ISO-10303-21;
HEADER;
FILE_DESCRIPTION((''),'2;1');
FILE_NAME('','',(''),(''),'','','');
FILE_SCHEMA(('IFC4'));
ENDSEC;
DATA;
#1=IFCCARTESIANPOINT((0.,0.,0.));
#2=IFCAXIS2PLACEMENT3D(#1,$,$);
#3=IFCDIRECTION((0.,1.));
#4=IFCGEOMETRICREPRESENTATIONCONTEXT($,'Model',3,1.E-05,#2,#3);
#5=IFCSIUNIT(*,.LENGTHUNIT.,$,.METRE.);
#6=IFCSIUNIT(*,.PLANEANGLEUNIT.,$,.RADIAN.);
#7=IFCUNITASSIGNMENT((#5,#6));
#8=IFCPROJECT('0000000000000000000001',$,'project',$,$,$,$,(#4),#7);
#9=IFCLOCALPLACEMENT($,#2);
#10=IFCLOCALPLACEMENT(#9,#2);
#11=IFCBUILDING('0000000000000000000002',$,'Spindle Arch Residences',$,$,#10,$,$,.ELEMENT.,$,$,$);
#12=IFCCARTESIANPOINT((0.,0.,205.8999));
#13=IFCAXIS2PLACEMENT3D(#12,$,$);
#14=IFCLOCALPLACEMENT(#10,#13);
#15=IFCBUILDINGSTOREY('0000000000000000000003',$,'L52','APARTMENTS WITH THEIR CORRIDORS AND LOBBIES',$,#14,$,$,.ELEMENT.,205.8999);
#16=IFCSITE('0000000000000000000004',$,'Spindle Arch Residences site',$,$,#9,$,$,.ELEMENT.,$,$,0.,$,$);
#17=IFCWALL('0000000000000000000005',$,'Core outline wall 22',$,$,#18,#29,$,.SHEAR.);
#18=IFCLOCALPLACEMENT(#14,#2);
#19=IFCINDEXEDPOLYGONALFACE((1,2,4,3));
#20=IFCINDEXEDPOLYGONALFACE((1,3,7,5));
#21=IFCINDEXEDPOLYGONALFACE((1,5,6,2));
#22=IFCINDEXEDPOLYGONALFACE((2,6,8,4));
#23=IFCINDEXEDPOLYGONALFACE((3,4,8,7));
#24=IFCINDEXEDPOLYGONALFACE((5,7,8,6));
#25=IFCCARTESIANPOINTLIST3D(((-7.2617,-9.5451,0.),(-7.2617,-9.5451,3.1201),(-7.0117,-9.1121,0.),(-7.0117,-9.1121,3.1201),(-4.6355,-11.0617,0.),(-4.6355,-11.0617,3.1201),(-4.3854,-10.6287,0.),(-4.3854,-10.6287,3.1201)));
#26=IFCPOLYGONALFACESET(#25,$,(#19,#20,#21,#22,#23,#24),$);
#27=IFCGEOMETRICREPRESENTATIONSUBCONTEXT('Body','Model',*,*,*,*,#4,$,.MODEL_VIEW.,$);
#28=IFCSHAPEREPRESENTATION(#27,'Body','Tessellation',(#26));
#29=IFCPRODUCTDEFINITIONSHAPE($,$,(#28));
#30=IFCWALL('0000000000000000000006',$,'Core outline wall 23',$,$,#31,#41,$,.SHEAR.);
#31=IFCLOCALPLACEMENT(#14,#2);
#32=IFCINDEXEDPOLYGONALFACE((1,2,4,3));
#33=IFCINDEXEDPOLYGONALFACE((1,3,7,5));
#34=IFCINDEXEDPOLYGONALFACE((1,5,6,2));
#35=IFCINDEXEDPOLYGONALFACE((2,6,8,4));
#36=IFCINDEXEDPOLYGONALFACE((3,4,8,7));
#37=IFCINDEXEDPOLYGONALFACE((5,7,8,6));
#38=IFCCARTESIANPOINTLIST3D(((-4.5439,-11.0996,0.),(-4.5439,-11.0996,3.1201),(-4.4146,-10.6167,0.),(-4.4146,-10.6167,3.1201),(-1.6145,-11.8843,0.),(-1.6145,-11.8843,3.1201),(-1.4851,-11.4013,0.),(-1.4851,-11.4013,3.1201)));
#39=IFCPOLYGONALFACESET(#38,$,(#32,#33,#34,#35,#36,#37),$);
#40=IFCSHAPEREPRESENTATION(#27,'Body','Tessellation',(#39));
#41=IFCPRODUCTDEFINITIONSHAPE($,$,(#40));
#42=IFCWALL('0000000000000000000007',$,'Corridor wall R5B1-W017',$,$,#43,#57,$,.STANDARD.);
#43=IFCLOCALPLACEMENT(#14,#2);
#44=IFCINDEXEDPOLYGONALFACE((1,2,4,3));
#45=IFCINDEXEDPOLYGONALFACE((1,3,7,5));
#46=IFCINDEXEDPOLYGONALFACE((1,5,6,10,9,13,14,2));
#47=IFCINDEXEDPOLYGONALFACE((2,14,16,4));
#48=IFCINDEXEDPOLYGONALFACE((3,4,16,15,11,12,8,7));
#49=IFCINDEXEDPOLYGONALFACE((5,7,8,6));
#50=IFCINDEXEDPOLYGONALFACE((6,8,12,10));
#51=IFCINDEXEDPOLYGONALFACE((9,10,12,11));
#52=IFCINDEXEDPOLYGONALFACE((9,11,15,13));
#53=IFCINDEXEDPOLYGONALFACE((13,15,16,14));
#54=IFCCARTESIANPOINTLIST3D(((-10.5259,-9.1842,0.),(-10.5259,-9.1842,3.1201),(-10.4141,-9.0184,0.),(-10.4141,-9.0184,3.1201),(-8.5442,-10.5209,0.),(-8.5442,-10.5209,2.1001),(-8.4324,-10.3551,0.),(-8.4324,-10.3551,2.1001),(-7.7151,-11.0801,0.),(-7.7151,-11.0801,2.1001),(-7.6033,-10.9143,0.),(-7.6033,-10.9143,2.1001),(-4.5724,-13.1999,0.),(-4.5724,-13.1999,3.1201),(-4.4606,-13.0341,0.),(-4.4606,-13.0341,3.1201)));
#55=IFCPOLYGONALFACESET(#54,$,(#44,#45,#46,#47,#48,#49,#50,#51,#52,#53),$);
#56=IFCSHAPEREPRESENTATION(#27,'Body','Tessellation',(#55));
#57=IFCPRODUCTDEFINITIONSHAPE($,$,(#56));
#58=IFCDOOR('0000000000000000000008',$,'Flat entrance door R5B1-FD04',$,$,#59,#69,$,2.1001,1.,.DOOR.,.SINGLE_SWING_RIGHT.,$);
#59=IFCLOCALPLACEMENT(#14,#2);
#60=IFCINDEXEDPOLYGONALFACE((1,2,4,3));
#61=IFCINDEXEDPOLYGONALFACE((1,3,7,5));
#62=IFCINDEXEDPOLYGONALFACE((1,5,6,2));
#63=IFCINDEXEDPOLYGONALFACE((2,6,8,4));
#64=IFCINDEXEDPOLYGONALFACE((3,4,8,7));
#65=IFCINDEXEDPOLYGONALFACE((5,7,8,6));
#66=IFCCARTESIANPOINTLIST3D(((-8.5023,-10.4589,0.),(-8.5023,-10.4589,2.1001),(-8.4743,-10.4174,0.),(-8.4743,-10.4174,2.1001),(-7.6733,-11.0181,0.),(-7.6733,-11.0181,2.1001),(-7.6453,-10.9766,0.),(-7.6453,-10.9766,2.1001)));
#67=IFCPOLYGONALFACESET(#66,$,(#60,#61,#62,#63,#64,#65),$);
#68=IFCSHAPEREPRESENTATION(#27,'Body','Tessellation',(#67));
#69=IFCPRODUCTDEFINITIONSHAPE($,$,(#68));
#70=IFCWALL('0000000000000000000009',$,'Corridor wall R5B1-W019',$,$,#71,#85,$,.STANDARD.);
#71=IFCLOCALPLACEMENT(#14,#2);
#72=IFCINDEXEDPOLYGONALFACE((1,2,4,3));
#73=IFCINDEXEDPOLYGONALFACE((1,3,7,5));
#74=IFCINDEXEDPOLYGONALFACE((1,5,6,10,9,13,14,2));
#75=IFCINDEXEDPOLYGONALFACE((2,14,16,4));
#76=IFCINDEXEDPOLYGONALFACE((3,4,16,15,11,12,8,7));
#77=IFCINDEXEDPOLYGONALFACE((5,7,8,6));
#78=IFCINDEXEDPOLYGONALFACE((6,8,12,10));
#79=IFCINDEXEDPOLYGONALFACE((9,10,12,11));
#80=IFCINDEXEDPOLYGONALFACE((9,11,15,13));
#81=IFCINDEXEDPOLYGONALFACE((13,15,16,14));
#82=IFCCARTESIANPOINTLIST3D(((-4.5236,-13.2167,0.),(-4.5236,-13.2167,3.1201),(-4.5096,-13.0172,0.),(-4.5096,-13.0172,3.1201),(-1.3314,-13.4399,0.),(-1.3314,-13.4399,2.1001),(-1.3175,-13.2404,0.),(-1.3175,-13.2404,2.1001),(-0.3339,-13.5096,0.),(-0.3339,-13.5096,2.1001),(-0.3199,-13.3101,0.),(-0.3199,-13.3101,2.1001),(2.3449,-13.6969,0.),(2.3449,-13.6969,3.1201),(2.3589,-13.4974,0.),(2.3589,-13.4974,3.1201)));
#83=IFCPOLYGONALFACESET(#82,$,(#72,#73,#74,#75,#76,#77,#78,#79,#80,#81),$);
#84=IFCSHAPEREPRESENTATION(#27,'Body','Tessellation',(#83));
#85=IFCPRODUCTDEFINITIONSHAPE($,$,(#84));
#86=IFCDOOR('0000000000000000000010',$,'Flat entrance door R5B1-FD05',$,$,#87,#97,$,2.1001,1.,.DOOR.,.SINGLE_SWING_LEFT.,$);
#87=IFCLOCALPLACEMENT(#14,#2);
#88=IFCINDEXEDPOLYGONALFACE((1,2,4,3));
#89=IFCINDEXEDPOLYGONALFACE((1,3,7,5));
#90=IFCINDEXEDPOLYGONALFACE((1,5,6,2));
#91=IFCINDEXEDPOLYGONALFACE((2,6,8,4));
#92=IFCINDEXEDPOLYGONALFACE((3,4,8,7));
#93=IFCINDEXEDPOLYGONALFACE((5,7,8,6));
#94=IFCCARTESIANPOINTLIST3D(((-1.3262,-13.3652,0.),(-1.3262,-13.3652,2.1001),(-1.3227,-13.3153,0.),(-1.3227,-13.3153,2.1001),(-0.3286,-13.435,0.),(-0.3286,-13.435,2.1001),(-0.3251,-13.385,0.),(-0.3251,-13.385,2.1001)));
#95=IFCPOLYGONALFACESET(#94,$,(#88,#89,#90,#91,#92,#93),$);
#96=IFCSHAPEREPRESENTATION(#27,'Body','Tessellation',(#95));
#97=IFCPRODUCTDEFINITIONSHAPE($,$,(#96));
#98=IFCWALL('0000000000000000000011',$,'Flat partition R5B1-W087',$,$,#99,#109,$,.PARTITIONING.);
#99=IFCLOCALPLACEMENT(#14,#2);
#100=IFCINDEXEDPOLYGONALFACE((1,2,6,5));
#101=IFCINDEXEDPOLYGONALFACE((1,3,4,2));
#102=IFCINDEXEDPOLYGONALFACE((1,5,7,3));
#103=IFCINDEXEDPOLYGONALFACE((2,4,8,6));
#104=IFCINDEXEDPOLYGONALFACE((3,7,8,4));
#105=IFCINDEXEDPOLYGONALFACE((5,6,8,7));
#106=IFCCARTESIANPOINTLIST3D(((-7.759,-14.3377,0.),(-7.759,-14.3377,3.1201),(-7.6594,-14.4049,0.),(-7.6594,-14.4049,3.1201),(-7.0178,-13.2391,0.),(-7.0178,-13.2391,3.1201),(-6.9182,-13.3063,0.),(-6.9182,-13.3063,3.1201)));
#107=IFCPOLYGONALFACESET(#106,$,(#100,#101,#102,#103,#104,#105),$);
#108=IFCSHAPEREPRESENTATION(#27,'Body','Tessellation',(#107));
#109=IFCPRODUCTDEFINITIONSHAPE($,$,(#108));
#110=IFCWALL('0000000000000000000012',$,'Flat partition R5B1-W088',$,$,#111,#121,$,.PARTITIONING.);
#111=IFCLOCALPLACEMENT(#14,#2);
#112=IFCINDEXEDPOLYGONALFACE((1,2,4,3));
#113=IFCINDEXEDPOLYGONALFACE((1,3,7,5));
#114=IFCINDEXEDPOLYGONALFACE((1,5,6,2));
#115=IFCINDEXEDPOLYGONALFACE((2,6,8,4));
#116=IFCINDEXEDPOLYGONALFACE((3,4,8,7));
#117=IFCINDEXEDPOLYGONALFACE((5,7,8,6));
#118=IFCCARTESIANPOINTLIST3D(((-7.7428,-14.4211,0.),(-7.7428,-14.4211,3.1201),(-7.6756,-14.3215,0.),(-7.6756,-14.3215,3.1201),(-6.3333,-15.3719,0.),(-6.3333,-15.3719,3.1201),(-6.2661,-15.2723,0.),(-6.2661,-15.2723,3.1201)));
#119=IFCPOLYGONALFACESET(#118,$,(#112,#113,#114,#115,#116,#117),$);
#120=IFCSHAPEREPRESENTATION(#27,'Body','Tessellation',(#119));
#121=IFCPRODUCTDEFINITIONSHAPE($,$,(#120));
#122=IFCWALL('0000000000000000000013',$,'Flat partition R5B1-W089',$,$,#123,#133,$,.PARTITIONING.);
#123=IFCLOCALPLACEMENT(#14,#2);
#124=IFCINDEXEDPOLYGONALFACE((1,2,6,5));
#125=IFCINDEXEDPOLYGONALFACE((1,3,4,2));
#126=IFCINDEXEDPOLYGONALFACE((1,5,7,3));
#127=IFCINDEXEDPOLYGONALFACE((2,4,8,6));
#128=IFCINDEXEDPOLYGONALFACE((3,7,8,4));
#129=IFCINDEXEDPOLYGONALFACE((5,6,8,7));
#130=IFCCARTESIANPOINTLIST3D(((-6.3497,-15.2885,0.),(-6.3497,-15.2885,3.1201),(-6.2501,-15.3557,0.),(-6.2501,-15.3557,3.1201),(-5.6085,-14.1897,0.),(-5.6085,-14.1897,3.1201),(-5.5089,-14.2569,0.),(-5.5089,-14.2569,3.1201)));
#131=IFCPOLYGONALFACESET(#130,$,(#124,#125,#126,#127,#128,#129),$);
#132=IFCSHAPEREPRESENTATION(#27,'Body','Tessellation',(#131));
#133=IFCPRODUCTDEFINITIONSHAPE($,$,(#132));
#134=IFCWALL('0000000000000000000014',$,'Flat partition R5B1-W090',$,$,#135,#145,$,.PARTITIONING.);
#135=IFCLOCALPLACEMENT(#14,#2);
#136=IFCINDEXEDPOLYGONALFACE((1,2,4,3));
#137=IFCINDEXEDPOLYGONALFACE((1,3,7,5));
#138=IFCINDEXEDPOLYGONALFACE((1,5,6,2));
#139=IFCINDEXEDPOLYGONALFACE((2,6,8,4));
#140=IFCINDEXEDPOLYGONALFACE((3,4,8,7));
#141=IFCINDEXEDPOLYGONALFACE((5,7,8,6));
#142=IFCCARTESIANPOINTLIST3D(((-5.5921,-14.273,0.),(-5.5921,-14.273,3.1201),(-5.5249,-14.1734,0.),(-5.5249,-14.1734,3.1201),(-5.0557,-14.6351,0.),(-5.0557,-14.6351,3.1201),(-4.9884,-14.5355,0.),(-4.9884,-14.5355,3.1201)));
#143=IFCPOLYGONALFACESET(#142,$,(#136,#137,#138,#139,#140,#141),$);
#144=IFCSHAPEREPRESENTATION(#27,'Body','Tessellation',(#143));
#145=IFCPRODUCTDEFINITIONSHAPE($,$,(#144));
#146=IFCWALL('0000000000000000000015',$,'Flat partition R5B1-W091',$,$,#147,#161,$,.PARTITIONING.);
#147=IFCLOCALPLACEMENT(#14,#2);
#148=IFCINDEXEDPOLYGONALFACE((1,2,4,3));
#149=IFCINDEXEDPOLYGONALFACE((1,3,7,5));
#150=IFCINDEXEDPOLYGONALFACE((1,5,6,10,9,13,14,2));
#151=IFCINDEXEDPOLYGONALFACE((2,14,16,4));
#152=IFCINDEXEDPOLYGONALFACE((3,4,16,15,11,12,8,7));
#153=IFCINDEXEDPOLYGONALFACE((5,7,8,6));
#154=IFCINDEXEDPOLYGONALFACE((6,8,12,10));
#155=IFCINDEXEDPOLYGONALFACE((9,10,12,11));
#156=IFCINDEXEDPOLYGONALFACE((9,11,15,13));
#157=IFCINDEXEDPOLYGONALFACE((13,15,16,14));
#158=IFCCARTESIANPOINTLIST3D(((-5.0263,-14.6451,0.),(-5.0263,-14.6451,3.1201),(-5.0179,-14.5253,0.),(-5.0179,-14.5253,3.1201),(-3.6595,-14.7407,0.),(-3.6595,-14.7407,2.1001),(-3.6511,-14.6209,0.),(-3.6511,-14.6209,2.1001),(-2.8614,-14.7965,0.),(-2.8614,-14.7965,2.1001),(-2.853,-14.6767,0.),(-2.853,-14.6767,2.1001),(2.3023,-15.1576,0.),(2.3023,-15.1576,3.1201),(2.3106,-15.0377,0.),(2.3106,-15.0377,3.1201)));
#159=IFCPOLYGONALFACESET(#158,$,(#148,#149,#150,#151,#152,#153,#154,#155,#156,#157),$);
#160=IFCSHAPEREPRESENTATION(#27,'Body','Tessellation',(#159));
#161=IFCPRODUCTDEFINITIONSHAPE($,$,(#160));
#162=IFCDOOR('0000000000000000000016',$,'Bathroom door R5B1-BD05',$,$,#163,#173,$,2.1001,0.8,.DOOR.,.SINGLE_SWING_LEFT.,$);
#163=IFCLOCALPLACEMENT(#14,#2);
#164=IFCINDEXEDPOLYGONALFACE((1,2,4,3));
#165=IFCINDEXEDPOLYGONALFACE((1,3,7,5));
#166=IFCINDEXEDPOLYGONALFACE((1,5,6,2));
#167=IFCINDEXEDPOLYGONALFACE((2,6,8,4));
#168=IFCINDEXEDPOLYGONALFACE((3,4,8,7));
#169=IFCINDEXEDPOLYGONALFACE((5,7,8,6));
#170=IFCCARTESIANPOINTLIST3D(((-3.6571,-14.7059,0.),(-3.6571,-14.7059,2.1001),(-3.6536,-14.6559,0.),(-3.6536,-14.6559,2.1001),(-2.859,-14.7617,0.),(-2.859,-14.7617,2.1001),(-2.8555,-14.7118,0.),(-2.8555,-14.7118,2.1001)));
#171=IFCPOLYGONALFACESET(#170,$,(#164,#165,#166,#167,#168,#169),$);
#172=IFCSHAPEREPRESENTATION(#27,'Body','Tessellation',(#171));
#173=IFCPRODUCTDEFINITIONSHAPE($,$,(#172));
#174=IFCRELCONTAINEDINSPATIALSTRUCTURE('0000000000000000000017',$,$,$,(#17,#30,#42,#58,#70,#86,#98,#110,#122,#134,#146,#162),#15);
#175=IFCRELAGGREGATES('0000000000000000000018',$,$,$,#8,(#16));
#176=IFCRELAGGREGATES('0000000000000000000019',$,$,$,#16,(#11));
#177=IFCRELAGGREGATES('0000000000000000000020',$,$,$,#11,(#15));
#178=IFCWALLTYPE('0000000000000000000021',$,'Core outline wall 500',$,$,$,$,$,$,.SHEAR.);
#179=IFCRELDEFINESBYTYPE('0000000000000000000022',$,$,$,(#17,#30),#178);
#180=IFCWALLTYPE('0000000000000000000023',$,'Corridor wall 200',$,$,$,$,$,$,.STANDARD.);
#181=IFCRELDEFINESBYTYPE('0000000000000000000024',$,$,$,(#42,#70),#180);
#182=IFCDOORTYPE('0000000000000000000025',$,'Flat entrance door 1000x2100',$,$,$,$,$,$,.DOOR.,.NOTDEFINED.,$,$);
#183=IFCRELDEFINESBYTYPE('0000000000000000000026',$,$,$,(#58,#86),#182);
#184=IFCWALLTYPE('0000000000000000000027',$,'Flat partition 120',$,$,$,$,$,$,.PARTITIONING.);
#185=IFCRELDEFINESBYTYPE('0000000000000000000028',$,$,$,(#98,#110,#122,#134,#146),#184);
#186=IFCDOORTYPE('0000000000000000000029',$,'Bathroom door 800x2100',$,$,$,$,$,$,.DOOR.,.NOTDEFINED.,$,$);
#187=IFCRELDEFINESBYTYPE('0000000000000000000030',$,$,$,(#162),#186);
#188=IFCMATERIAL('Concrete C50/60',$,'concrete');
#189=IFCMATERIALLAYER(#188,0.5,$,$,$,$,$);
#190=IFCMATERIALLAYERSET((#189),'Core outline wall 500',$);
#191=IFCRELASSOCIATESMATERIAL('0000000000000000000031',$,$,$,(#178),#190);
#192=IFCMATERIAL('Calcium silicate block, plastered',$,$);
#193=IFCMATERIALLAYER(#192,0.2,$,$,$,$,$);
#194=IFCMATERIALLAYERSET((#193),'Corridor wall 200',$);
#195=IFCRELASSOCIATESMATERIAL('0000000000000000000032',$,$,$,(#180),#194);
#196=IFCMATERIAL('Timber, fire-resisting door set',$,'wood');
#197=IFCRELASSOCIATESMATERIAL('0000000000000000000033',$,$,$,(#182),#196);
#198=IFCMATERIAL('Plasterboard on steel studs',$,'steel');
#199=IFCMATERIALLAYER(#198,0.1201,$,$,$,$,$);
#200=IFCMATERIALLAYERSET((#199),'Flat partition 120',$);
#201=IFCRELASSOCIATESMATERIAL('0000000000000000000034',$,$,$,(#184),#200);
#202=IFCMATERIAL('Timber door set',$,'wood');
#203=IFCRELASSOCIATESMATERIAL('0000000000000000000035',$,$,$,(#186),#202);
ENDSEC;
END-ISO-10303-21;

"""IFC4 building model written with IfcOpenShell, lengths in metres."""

from ifc_helpers import new_model, si_unit, direction, frame, frame_2d, origin, place, context, subcontext, project, spatial, rectangle, extrude, material, layer, layer_set, type_object, element, fill, save


model = new_model("IFC4")

# Units and contexts
model_context = context("Model", 3, precision=1e-05, world=origin(), true_north=direction((0.0, 1.0)))
body_context = subcontext(model_context, "Body", "Model", "MODEL_VIEW")
ifc_project = project(units=[si_unit("LENGTHUNIT", "METRE"), si_unit("PLANEANGLEUNIT", "RADIAN")], contexts=[model_context])

# Site, building, storey
site_placement = place(None, origin())
site = spatial("IfcSite", under=ifc_project, at=site_placement, Name="Spindle Arch Residences site", CompositionType="ELEMENT", RefElevation=0.0)
building_placement = place(site_placement, origin())
building = spatial("IfcBuilding", under=site, at=building_placement, Name="Spindle Arch Residences", CompositionType="ELEMENT")
storey_placement = place(building_placement, frame((0.0, 0.0, 205.8999)))
storey = spatial("IfcBuildingStorey", under=building, at=storey_placement, Name="L52", Description="APARTMENTS WITH THEIR CORRIDORS AND LOBBIES", CompositionType="ELEMENT", Elevation=205.8999)

# Walls
ifc_material_1 = material(Name="Concrete C50/60", Category="concrete")
ifc_layer_1 = layer(ifc_material_1, 0.5)
ifc_layer_set_1 = layer_set([ifc_layer_1], Name="Core outline wall 500")
wall_type_1 = type_object("IfcWallType", Name="Core outline wall 500", PredefinedType="SHEAR", material=ifc_layer_set_1)
for number, where, z_axis, x_axis, name in (
    (1, (-7.1367, -9.3286, 0.0), (0.0, 0.0, 1.0), (0.865975, -0.500087, 0.0), "Core outline wall 22"),
    (2, (-4.4792, -10.8582, 0.0), (0.0, 0.0, 1.0), (0.965948, -0.258735, 0.0), "Core outline wall 23"),
):
    element("IfcWall", number, at=place(storey_placement, frame(where, z_axis=z_axis, x_axis=x_axis)), inside=storey, type_object=wall_type_1, Name=name, PredefinedType="SHEAR", context=body_context, shape_type="SweptSolid", body=[
        extrude(rectangle(XDim=3.0327, YDim=0.5, at=frame_2d((1.5164, 0.0))), origin(), (0.0, 0.0, 1.0), 3.1201),
    ])

# Walls, openings, doors
ifc_material_2 = material(Name="Calcium silicate block, plastered")
ifc_layer_2 = layer(ifc_material_2, 0.2)
ifc_layer_set_2 = layer_set([ifc_layer_2], Name="Corridor wall 200")
wall_type_2 = type_object("IfcWallType", Name="Corridor wall 200", PredefinedType="STANDARD", material=ifc_layer_set_2)
wall_1_placement = place(storey_placement, frame((-10.47, -9.1013, 0.0), z_axis=(0.0, 0.0, 1.0), x_axis=(0.829036, -0.559195, 0.0)))
wall_1 = element("IfcWall", 3, at=wall_1_placement, inside=storey, type_object=wall_type_2, Name="Corridor wall R5B1-W017", PredefinedType="STANDARD", context=body_context, shape_type="SweptSolid", body=[
    extrude(rectangle(XDim=7.1812, YDim=0.2, at=frame_2d((3.5906, 0.0))), origin(), (0.0, 0.0, 1.0), 3.1201),
])
opening_1_placement = place(wall_1_placement, frame((2.3904, 0.0, 0.0)))
opening_1 = element("IfcOpeningElement", 4, at=opening_1_placement, cuts=wall_1, PredefinedType="OPENING", context=body_context, shape_type="SweptSolid", body=[
    extrude(rectangle(XDim=1.0, YDim=2.1001, at=frame_2d((0.5, 1.05))), frame((0.0, 0.1099, 0.0), z_axis=(0.0, -1.0, 0.0), x_axis=(1.0, 0.0, 0.0)), (0.0, 0.0, 1.0), 0.22),
])
ifc_material_3 = material(Name="Timber, fire-resisting door set", Category="wood")
door_type_1 = type_object("IfcDoorType", Name="Flat entrance door 1000x2100", OperationType="NOTDEFINED", PredefinedType="DOOR", material=ifc_material_3)
door_1_placement = place(opening_1_placement, origin())
door_1 = element("IfcDoor", 5, at=door_1_placement, inside=storey, type_object=door_type_1, Name="Flat entrance door R5B1-FD04", OperationType="SINGLE_SWING_RIGHT", OverallHeight=2.1001, OverallWidth=1.0, PredefinedType="DOOR", context=body_context, shape_type="SweptSolid", body=[
    extrude(rectangle(XDim=1.0, YDim=2.1001, at=frame_2d((0.5, 1.05))), frame((0.0, 0.0249, 0.0), z_axis=(0.0, -1.0, 0.0), x_axis=(1.0, 0.0, 0.0)), (0.0, 0.0, 1.0), 0.05),
])
fill(opening_1, door_1)
wall_2_placement = place(storey_placement, frame((-4.5166, -13.1169, 0.0), z_axis=(0.0, 0.0, 1.0), x_axis=(0.997565, -0.069748, 0.0)))
wall_2 = element("IfcWall", 6, at=wall_2_placement, inside=storey, type_object=wall_type_2, Name="Corridor wall R5B1-W019", PredefinedType="STANDARD", context=body_context, shape_type="SweptSolid", body=[
    extrude(rectangle(XDim=6.8853, YDim=0.2, at=frame_2d((3.4426, 0.0))), origin(), (0.0, 0.0, 1.0), 3.1201),
])
opening_2_placement = place(wall_2_placement, frame((3.2, 0.0, 0.0)))
opening_2 = element("IfcOpeningElement", 7, at=opening_2_placement, cuts=wall_2, PredefinedType="OPENING", context=body_context, shape_type="SweptSolid", body=[
    extrude(rectangle(XDim=1.0, YDim=2.1001, at=frame_2d((0.5, 1.05))), frame((0.0, 0.1099, 0.0), z_axis=(0.0, -1.0, 0.0), x_axis=(1.0, 0.0, 0.0)), (0.0, 0.0, 1.0), 0.22),
])
door_2_placement = place(opening_2_placement, origin())
door_2 = element("IfcDoor", 8, at=door_2_placement, inside=storey, type_object=door_type_1, Name="Flat entrance door R5B1-FD05", OperationType="SINGLE_SWING_LEFT", OverallHeight=2.1001, OverallWidth=1.0, PredefinedType="DOOR", context=body_context, shape_type="SweptSolid", body=[
    extrude(rectangle(XDim=1.0, YDim=2.1001, at=frame_2d((0.5, 1.05))), frame((0.0, 0.0249, 0.0), z_axis=(0.0, -1.0, 0.0), x_axis=(1.0, 0.0, 0.0)), (0.0, 0.0, 1.0), 0.05),
])
fill(opening_2, door_2)

# Walls
ifc_material_4 = material(Name="Plasterboard on steel studs", Category="steel")
ifc_layer_3 = layer(ifc_material_4, 0.1201)
ifc_layer_set_3 = layer_set([ifc_layer_3], Name="Flat partition 120")
wall_type_3 = type_object("IfcWallType", Name="Flat partition 120", PredefinedType="PARTITIONING", material=ifc_layer_set_3)
wall_3_placement = place(storey_placement, frame((-6.968, -13.2727, 0.0), z_axis=(0.0, 0.0, 1.0), x_axis=(-0.559283, -0.828977, 0.0)))
element("IfcWall", 9, at=wall_3_placement, inside=storey, type_object=wall_type_3, Name="Flat partition R5B1-W087", PredefinedType="PARTITIONING", context=body_context, shape_type="SweptSolid", body=[
    extrude(rectangle(XDim=1.3252, YDim=0.1201, at=frame_2d((0.6626, 0.0))), origin(), (0.0, 0.0, 1.0), 3.1201),
])
wall_4_placement = place(storey_placement, frame((-7.7092, -14.3713, 0.0), z_axis=(0.0, 0.0, 1.0), x_axis=(0.829033, -0.559199, 0.0)))
element("IfcWall", 10, at=wall_4_placement, inside=storey, type_object=wall_type_3, Name="Flat partition R5B1-W088", PredefinedType="PARTITIONING", context=body_context, shape_type="SweptSolid", body=[
    extrude(rectangle(XDim=1.7002, YDim=0.1201, at=frame_2d((0.8501, 0.0))), origin(), (0.0, 0.0, 1.0), 3.1201),
])
wall_5_placement = place(storey_placement, frame((-6.2998, -15.322, 0.0), z_axis=(0.0, 0.0, 1.0), x_axis=(0.559198, 0.829034, 0.0)))
element("IfcWall", 11, at=wall_5_placement, inside=storey, type_object=wall_type_3, Name="Flat partition R5B1-W089", PredefinedType="PARTITIONING", context=body_context, shape_type="SweptSolid", body=[
    extrude(rectangle(XDim=1.3254, YDim=0.1201, at=frame_2d((0.6626, 0.0))), origin(), (0.0, 0.0, 1.0), 3.1201),
])
wall_6_placement = place(storey_placement, frame((-5.5586, -14.2231, 0.0), z_axis=(0.0, 0.0, 1.0), x_axis=(0.828844, -0.559479, 0.0)))
element("IfcWall", 12, at=wall_6_placement, inside=storey, type_object=wall_type_3, Name="Flat partition R5B1-W090", PredefinedType="PARTITIONING", context=body_context, shape_type="SweptSolid", body=[
    extrude(rectangle(XDim=0.6472, YDim=0.1201, at=frame_2d((0.3237, 0.0))), origin(), (0.0, 0.0, 1.0), 3.1201),
])

# Wall, opening, door
wall_7_placement = place(storey_placement, frame((-5.0222, -14.5852, 0.0), z_axis=(0.0, 0.0, 1.0), x_axis=(0.997564, -0.069754, 0.0)))
wall_7 = element("IfcWall", 13, at=wall_7_placement, inside=storey, type_object=wall_type_3, Name="Flat partition R5B1-W091", PredefinedType="PARTITIONING", context=body_context, shape_type="SweptSolid", body=[
    extrude(rectangle(XDim=7.3464, YDim=0.1201, at=frame_2d((3.6733, 0.0))), origin(), (0.0, 0.0, 1.0), 3.1201),
])
opening_3_placement = place(wall_7_placement, frame((1.3704, 0.0, 0.0)))
opening_3 = element("IfcOpeningElement", 14, at=opening_3_placement, cuts=wall_7, PredefinedType="OPENING", context=body_context, shape_type="SweptSolid", body=[
    extrude(rectangle(XDim=0.8, YDim=2.1001, at=frame_2d((0.3999, 1.05))), frame((0.0, 0.0701, 0.0), z_axis=(0.0, -1.0, 0.0), x_axis=(1.0, 0.0, 0.0)), (0.0, 0.0, 1.0), 0.1401),
])
ifc_material_5 = material(Name="Timber door set", Category="wood")
door_type_2 = type_object("IfcDoorType", Name="Bathroom door 800x2100", OperationType="NOTDEFINED", PredefinedType="DOOR", material=ifc_material_5)
door_3_placement = place(opening_3_placement, origin())
door_3 = element("IfcDoor", 15, at=door_3_placement, inside=storey, type_object=door_type_2, Name="Bathroom door R5B1-BD05", OperationType="SINGLE_SWING_LEFT", OverallHeight=2.1001, OverallWidth=0.8, PredefinedType="DOOR", context=body_context, shape_type="SweptSolid", body=[
    extrude(rectangle(XDim=0.8, YDim=2.1001, at=frame_2d((0.3999, 1.05))), frame((0.0, 0.0249, 0.0), z_axis=(0.0, -1.0, 0.0), x_axis=(1.0, 0.0, 0.0)), (0.0, 0.0, 1.0), 0.05),
])
fill(opening_3, door_3)

save(model, "model.ifc")
